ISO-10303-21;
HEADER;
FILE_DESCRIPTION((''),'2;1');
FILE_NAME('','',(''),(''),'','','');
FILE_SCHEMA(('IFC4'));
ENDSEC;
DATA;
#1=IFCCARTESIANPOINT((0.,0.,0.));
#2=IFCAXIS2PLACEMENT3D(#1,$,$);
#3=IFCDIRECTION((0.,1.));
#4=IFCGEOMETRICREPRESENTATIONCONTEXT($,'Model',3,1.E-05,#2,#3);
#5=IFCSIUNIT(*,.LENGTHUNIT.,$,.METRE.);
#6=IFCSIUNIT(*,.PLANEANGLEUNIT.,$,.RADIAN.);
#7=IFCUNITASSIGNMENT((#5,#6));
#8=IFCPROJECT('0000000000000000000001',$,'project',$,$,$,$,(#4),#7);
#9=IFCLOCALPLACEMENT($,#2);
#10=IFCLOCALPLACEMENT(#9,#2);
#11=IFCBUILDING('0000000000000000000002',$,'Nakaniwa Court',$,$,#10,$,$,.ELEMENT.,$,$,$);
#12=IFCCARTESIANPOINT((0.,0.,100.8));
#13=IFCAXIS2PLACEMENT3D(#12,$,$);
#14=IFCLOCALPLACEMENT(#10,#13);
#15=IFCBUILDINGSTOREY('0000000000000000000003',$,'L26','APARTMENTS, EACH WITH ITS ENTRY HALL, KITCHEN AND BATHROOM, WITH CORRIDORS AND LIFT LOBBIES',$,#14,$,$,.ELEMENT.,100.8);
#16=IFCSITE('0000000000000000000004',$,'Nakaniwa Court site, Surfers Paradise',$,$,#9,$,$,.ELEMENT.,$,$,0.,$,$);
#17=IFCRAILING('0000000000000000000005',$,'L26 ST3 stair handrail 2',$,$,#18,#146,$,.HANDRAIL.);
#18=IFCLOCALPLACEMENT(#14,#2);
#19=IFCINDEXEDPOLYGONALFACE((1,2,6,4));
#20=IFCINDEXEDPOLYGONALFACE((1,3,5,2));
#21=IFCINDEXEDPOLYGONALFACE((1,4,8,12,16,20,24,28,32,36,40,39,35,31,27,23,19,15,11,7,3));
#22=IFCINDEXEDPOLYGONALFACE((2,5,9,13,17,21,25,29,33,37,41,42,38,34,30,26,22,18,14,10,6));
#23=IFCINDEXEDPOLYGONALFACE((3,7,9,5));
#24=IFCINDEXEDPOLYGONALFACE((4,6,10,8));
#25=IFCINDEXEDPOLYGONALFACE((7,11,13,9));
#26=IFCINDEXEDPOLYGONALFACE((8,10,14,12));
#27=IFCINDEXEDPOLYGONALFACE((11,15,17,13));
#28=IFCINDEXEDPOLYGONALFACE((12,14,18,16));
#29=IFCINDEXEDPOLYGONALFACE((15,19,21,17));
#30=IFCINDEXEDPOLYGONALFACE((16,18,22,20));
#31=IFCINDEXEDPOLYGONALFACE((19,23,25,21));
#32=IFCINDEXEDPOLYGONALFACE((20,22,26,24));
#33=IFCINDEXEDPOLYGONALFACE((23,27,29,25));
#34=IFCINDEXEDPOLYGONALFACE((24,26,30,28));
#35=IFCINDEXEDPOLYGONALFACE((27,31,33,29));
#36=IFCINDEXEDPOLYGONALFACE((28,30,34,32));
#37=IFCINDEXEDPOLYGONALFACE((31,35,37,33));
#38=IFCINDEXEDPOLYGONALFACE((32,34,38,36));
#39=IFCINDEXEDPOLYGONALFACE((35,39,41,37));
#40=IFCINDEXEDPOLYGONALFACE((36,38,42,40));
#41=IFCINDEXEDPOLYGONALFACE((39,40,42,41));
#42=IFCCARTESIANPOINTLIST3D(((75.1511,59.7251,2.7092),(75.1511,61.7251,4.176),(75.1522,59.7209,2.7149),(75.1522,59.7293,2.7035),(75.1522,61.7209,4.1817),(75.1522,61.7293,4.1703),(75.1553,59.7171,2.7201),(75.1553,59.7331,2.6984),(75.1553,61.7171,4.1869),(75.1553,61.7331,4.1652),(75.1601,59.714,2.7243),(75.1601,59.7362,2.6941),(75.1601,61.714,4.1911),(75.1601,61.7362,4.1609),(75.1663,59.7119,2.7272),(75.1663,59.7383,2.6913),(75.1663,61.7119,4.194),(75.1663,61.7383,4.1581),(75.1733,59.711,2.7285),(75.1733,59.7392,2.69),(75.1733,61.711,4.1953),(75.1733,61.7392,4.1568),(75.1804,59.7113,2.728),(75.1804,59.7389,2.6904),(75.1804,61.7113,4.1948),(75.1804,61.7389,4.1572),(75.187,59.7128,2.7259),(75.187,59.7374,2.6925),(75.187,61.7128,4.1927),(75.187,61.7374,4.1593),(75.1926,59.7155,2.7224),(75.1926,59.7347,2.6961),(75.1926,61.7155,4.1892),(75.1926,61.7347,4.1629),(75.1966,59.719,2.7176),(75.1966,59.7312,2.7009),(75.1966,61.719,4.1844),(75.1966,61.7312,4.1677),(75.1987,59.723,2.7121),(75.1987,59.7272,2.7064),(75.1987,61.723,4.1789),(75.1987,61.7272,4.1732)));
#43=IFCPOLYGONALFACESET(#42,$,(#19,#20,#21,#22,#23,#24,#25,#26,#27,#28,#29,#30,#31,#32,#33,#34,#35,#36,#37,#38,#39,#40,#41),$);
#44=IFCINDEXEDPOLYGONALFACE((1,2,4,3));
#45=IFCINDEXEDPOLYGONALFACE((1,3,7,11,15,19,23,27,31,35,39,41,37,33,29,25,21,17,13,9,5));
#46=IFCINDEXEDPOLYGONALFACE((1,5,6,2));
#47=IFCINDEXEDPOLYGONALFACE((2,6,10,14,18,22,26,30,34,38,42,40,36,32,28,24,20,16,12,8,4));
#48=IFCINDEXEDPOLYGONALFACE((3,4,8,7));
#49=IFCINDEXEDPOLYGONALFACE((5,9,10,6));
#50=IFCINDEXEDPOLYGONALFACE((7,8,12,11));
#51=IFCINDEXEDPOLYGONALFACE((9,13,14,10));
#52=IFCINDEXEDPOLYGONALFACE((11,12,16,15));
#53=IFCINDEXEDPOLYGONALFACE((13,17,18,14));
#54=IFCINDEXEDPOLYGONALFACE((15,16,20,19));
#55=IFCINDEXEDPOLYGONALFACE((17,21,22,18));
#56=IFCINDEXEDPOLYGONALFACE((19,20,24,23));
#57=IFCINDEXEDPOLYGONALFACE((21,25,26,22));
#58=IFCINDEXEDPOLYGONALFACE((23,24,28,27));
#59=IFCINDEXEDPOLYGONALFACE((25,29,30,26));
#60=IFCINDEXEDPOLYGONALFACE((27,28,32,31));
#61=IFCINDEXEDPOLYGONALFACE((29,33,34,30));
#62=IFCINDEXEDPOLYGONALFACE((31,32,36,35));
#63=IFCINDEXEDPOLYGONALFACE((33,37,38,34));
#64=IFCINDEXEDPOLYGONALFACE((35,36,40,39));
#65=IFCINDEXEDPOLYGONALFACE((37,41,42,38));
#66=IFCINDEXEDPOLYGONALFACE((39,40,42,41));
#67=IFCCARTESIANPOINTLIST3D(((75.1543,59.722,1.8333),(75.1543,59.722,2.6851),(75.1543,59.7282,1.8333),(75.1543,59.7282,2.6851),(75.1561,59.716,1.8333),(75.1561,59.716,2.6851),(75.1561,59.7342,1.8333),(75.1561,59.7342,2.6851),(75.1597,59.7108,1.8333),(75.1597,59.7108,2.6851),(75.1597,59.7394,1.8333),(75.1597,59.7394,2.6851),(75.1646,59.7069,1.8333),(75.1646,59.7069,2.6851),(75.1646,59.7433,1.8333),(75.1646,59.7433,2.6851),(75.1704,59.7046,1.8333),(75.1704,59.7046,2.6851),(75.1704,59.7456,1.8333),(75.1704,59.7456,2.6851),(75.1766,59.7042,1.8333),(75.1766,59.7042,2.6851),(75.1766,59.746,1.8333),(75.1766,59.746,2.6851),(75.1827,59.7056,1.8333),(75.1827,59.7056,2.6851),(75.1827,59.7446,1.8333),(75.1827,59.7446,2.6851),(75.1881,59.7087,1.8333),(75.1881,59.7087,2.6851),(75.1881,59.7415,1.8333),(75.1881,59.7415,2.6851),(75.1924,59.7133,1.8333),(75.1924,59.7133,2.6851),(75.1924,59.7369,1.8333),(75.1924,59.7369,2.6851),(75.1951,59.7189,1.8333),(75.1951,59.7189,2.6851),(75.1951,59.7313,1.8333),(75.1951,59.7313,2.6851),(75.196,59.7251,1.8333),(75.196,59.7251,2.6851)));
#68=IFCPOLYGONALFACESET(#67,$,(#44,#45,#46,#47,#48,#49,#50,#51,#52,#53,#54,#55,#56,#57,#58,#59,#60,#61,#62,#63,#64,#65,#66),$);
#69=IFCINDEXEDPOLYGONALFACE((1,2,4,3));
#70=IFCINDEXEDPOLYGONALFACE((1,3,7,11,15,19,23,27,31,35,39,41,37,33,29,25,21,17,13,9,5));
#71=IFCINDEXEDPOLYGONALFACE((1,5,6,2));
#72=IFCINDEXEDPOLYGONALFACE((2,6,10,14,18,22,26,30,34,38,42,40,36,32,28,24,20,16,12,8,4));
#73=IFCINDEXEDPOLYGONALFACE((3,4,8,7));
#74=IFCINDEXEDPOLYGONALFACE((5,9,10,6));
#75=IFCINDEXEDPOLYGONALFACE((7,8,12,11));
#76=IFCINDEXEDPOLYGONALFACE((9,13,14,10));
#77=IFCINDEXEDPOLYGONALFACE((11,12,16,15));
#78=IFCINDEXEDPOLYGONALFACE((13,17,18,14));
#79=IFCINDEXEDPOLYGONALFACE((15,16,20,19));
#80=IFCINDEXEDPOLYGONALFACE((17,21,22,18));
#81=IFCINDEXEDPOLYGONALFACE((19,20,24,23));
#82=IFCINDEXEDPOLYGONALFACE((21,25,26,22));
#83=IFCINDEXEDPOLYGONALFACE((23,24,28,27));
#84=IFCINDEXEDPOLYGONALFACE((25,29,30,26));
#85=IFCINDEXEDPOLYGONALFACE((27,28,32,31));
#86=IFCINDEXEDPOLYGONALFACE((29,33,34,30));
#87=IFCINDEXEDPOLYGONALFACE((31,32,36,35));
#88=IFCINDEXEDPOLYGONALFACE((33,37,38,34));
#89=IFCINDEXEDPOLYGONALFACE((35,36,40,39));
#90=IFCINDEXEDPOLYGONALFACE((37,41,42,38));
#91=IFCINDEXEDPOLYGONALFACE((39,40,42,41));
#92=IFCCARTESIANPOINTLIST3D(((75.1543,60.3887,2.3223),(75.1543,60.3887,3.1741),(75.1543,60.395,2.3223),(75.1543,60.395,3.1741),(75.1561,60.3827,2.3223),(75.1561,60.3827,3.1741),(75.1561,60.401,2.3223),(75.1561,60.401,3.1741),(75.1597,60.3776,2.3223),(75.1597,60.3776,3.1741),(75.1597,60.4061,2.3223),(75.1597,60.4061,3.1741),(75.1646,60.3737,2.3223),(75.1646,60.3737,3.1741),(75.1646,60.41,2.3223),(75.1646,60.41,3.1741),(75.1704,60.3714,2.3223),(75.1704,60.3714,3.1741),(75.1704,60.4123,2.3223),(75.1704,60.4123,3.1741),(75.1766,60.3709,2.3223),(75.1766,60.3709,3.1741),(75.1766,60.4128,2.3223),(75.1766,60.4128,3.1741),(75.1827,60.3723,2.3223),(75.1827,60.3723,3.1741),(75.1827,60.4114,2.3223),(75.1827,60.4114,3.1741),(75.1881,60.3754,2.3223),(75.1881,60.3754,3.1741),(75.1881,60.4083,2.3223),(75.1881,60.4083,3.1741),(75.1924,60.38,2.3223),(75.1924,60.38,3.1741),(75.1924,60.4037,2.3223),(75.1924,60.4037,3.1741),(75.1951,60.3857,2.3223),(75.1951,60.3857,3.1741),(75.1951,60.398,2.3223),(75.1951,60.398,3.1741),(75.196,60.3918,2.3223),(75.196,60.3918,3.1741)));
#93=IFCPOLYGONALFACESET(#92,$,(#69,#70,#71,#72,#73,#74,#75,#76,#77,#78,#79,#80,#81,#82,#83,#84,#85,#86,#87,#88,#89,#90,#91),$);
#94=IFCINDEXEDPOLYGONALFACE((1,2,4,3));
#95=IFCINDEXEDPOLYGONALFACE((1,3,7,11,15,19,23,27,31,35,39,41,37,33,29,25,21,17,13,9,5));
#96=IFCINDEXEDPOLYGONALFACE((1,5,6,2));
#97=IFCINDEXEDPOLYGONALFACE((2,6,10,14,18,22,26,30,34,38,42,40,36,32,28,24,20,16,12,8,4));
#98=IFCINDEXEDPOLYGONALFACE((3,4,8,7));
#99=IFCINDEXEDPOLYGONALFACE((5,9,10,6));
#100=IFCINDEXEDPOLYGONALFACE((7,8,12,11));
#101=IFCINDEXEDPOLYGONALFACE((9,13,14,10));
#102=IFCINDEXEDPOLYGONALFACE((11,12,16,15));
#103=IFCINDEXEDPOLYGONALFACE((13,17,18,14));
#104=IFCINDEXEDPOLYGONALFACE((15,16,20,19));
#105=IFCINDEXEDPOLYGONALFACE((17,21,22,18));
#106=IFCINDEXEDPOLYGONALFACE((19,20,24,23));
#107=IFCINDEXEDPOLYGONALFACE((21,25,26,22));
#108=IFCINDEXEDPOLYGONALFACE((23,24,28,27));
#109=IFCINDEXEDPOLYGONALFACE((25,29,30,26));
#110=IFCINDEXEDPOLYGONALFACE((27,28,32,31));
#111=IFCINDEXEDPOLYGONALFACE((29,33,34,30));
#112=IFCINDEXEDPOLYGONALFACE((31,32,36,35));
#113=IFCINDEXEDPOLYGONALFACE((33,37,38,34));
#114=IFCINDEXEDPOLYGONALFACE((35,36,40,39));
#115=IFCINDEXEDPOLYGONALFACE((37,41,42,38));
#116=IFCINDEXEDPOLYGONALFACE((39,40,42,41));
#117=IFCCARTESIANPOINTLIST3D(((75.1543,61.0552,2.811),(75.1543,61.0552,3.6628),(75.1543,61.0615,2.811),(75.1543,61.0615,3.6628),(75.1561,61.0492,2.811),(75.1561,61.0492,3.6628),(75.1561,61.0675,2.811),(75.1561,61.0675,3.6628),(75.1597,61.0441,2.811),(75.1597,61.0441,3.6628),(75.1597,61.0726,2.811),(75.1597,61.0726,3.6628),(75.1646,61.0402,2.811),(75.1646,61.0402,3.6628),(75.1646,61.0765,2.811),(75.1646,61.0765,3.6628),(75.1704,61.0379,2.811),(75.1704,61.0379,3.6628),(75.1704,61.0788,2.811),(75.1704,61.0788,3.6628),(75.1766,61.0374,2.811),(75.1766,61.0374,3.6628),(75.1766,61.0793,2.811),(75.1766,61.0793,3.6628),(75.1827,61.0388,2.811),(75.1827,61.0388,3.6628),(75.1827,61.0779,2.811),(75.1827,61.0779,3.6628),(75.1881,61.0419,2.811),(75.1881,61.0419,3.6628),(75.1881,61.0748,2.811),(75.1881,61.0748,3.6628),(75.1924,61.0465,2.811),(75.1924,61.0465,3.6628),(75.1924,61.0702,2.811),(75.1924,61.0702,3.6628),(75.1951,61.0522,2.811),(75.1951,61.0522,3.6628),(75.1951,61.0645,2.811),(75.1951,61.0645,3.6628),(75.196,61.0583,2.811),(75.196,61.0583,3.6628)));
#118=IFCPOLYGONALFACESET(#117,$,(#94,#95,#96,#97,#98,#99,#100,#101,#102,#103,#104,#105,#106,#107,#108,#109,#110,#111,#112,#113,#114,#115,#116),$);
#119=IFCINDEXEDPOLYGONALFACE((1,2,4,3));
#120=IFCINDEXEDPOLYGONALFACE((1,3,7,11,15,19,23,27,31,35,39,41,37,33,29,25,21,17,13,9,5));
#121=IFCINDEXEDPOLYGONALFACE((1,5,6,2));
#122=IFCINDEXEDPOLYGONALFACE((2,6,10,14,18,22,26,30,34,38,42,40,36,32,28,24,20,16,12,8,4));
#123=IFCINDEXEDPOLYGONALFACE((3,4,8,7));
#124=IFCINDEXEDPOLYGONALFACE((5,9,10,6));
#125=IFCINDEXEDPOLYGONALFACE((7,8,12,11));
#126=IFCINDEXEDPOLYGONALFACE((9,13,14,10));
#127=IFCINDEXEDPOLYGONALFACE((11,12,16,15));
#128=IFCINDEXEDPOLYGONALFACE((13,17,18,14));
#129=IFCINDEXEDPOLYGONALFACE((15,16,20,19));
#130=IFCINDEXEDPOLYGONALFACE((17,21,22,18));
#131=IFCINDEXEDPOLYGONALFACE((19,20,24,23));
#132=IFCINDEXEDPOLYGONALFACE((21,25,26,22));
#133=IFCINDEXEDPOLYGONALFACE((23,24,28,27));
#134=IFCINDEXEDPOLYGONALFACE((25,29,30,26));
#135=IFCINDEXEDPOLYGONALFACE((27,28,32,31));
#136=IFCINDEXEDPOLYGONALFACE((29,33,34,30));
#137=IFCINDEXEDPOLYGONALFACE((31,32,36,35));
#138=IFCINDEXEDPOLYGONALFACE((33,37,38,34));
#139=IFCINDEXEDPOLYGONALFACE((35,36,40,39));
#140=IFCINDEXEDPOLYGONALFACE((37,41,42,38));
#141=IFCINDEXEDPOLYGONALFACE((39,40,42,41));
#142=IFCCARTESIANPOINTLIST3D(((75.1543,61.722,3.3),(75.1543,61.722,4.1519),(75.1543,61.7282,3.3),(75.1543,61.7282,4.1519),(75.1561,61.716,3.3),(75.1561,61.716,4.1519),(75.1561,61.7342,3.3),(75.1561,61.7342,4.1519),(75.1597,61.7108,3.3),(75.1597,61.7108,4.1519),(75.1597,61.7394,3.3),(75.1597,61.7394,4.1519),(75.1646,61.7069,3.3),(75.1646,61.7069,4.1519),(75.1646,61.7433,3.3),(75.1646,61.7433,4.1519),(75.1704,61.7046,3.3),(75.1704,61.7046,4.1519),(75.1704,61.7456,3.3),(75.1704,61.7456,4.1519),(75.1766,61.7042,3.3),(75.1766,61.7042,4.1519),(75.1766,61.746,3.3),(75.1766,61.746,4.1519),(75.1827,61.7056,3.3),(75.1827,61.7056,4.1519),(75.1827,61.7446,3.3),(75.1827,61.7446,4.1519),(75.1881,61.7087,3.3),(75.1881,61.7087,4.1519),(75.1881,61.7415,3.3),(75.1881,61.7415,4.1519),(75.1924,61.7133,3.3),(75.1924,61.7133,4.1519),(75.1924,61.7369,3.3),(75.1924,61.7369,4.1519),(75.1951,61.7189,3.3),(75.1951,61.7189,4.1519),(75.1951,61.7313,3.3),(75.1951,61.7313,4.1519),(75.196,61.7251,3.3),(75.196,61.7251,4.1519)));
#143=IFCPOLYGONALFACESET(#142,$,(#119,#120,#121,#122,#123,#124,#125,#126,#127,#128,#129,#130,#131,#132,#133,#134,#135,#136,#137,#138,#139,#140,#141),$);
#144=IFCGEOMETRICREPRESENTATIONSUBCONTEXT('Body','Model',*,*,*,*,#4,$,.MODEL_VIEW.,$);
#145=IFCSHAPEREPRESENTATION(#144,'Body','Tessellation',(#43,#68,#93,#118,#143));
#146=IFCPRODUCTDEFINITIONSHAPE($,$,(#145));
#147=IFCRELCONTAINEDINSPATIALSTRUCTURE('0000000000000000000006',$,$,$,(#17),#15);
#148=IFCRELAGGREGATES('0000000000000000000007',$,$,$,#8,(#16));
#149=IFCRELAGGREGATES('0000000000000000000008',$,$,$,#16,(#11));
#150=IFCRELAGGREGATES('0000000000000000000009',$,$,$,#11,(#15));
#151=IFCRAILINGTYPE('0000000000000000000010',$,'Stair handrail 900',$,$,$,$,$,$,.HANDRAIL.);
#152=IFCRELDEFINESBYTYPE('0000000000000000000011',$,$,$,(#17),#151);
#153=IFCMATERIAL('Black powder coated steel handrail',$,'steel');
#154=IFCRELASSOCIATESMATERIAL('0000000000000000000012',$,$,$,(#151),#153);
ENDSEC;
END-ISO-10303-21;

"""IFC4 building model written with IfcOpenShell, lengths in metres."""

from ifc_helpers import new_model, si_unit, direction, frame, origin, origin_2d, place, context, subcontext, project, spatial, circle, extrude, material, type_object, element, save


model = new_model("IFC4")

# Units and contexts
model_context = context("Model", 3, precision=1e-05, world=origin(), true_north=direction((0.0, 1.0)))
body_context = subcontext(model_context, "Body", "Model", "MODEL_VIEW")
ifc_project = project(units=[si_unit("LENGTHUNIT", "METRE"), si_unit("PLANEANGLEUNIT", "RADIAN")], contexts=[model_context])

# Site, building, storey
site_placement = place(None, origin())
site = spatial("IfcSite", under=ifc_project, at=site_placement, Name="Nakaniwa Court site, Surfers Paradise", CompositionType="ELEMENT", RefElevation=0.0)
building_placement = place(site_placement, origin())
building = spatial("IfcBuilding", under=site, at=building_placement, Name="Nakaniwa Court", CompositionType="ELEMENT")
storey_placement = place(building_placement, frame((0.0, 0.0, 100.8)))
storey = spatial("IfcBuildingStorey", under=building, at=storey_placement, Name="L26", Description="APARTMENTS, EACH WITH ITS ENTRY HALL, KITCHEN AND BATHROOM, WITH CORRIDORS AND LIFT LOBBIES", CompositionType="ELEMENT", Elevation=100.8)

# Railing
ifc_material_1 = material(Name="Black powder coated steel handrail", Category="steel")
railing_type_1 = type_object("IfcRailingType", Name="Stair handrail 900", PredefinedType="HANDRAIL", material=ifc_material_1)
railing_1_placement = place(storey_placement, frame((75.175, 59.7251, 1.8333)))
element("IfcRailing", 1, at=railing_1_placement, inside=storey, type_object=railing_type_1, Name="L26 ST3 stair handrail 2", PredefinedType="HANDRAIL", context=body_context, shape_type="SweptSolid", body=[
    extrude(circle(Radius=0.0239, at=origin_2d()), frame((0.0, 0.0, 0.876), z_axis=(0.0, 0.80638, 0.591398), x_axis=(-1.0, 0.0, 0.0)), (0.0, 0.0, 1.0), 2.4802),
    extrude(circle(Radius=0.021, at=origin_2d()), origin(), (0.0, 0.0, 1.0), 0.8518),
    extrude(circle(Radius=0.021, at=origin_2d()), frame((0.0, 0.6667, 0.489)), (0.0, 0.0, 1.0), 0.8518),
    extrude(circle(Radius=0.021, at=origin_2d()), frame((0.0, 1.3333, 0.9778)), (0.0, 0.0, 1.0), 0.8518),
    extrude(circle(Radius=0.021, at=origin_2d()), frame((0.0, 2.0, 1.4668)), (0.0, 0.0, 1.0), 0.8518),
])

save(model, "model.ifc")
